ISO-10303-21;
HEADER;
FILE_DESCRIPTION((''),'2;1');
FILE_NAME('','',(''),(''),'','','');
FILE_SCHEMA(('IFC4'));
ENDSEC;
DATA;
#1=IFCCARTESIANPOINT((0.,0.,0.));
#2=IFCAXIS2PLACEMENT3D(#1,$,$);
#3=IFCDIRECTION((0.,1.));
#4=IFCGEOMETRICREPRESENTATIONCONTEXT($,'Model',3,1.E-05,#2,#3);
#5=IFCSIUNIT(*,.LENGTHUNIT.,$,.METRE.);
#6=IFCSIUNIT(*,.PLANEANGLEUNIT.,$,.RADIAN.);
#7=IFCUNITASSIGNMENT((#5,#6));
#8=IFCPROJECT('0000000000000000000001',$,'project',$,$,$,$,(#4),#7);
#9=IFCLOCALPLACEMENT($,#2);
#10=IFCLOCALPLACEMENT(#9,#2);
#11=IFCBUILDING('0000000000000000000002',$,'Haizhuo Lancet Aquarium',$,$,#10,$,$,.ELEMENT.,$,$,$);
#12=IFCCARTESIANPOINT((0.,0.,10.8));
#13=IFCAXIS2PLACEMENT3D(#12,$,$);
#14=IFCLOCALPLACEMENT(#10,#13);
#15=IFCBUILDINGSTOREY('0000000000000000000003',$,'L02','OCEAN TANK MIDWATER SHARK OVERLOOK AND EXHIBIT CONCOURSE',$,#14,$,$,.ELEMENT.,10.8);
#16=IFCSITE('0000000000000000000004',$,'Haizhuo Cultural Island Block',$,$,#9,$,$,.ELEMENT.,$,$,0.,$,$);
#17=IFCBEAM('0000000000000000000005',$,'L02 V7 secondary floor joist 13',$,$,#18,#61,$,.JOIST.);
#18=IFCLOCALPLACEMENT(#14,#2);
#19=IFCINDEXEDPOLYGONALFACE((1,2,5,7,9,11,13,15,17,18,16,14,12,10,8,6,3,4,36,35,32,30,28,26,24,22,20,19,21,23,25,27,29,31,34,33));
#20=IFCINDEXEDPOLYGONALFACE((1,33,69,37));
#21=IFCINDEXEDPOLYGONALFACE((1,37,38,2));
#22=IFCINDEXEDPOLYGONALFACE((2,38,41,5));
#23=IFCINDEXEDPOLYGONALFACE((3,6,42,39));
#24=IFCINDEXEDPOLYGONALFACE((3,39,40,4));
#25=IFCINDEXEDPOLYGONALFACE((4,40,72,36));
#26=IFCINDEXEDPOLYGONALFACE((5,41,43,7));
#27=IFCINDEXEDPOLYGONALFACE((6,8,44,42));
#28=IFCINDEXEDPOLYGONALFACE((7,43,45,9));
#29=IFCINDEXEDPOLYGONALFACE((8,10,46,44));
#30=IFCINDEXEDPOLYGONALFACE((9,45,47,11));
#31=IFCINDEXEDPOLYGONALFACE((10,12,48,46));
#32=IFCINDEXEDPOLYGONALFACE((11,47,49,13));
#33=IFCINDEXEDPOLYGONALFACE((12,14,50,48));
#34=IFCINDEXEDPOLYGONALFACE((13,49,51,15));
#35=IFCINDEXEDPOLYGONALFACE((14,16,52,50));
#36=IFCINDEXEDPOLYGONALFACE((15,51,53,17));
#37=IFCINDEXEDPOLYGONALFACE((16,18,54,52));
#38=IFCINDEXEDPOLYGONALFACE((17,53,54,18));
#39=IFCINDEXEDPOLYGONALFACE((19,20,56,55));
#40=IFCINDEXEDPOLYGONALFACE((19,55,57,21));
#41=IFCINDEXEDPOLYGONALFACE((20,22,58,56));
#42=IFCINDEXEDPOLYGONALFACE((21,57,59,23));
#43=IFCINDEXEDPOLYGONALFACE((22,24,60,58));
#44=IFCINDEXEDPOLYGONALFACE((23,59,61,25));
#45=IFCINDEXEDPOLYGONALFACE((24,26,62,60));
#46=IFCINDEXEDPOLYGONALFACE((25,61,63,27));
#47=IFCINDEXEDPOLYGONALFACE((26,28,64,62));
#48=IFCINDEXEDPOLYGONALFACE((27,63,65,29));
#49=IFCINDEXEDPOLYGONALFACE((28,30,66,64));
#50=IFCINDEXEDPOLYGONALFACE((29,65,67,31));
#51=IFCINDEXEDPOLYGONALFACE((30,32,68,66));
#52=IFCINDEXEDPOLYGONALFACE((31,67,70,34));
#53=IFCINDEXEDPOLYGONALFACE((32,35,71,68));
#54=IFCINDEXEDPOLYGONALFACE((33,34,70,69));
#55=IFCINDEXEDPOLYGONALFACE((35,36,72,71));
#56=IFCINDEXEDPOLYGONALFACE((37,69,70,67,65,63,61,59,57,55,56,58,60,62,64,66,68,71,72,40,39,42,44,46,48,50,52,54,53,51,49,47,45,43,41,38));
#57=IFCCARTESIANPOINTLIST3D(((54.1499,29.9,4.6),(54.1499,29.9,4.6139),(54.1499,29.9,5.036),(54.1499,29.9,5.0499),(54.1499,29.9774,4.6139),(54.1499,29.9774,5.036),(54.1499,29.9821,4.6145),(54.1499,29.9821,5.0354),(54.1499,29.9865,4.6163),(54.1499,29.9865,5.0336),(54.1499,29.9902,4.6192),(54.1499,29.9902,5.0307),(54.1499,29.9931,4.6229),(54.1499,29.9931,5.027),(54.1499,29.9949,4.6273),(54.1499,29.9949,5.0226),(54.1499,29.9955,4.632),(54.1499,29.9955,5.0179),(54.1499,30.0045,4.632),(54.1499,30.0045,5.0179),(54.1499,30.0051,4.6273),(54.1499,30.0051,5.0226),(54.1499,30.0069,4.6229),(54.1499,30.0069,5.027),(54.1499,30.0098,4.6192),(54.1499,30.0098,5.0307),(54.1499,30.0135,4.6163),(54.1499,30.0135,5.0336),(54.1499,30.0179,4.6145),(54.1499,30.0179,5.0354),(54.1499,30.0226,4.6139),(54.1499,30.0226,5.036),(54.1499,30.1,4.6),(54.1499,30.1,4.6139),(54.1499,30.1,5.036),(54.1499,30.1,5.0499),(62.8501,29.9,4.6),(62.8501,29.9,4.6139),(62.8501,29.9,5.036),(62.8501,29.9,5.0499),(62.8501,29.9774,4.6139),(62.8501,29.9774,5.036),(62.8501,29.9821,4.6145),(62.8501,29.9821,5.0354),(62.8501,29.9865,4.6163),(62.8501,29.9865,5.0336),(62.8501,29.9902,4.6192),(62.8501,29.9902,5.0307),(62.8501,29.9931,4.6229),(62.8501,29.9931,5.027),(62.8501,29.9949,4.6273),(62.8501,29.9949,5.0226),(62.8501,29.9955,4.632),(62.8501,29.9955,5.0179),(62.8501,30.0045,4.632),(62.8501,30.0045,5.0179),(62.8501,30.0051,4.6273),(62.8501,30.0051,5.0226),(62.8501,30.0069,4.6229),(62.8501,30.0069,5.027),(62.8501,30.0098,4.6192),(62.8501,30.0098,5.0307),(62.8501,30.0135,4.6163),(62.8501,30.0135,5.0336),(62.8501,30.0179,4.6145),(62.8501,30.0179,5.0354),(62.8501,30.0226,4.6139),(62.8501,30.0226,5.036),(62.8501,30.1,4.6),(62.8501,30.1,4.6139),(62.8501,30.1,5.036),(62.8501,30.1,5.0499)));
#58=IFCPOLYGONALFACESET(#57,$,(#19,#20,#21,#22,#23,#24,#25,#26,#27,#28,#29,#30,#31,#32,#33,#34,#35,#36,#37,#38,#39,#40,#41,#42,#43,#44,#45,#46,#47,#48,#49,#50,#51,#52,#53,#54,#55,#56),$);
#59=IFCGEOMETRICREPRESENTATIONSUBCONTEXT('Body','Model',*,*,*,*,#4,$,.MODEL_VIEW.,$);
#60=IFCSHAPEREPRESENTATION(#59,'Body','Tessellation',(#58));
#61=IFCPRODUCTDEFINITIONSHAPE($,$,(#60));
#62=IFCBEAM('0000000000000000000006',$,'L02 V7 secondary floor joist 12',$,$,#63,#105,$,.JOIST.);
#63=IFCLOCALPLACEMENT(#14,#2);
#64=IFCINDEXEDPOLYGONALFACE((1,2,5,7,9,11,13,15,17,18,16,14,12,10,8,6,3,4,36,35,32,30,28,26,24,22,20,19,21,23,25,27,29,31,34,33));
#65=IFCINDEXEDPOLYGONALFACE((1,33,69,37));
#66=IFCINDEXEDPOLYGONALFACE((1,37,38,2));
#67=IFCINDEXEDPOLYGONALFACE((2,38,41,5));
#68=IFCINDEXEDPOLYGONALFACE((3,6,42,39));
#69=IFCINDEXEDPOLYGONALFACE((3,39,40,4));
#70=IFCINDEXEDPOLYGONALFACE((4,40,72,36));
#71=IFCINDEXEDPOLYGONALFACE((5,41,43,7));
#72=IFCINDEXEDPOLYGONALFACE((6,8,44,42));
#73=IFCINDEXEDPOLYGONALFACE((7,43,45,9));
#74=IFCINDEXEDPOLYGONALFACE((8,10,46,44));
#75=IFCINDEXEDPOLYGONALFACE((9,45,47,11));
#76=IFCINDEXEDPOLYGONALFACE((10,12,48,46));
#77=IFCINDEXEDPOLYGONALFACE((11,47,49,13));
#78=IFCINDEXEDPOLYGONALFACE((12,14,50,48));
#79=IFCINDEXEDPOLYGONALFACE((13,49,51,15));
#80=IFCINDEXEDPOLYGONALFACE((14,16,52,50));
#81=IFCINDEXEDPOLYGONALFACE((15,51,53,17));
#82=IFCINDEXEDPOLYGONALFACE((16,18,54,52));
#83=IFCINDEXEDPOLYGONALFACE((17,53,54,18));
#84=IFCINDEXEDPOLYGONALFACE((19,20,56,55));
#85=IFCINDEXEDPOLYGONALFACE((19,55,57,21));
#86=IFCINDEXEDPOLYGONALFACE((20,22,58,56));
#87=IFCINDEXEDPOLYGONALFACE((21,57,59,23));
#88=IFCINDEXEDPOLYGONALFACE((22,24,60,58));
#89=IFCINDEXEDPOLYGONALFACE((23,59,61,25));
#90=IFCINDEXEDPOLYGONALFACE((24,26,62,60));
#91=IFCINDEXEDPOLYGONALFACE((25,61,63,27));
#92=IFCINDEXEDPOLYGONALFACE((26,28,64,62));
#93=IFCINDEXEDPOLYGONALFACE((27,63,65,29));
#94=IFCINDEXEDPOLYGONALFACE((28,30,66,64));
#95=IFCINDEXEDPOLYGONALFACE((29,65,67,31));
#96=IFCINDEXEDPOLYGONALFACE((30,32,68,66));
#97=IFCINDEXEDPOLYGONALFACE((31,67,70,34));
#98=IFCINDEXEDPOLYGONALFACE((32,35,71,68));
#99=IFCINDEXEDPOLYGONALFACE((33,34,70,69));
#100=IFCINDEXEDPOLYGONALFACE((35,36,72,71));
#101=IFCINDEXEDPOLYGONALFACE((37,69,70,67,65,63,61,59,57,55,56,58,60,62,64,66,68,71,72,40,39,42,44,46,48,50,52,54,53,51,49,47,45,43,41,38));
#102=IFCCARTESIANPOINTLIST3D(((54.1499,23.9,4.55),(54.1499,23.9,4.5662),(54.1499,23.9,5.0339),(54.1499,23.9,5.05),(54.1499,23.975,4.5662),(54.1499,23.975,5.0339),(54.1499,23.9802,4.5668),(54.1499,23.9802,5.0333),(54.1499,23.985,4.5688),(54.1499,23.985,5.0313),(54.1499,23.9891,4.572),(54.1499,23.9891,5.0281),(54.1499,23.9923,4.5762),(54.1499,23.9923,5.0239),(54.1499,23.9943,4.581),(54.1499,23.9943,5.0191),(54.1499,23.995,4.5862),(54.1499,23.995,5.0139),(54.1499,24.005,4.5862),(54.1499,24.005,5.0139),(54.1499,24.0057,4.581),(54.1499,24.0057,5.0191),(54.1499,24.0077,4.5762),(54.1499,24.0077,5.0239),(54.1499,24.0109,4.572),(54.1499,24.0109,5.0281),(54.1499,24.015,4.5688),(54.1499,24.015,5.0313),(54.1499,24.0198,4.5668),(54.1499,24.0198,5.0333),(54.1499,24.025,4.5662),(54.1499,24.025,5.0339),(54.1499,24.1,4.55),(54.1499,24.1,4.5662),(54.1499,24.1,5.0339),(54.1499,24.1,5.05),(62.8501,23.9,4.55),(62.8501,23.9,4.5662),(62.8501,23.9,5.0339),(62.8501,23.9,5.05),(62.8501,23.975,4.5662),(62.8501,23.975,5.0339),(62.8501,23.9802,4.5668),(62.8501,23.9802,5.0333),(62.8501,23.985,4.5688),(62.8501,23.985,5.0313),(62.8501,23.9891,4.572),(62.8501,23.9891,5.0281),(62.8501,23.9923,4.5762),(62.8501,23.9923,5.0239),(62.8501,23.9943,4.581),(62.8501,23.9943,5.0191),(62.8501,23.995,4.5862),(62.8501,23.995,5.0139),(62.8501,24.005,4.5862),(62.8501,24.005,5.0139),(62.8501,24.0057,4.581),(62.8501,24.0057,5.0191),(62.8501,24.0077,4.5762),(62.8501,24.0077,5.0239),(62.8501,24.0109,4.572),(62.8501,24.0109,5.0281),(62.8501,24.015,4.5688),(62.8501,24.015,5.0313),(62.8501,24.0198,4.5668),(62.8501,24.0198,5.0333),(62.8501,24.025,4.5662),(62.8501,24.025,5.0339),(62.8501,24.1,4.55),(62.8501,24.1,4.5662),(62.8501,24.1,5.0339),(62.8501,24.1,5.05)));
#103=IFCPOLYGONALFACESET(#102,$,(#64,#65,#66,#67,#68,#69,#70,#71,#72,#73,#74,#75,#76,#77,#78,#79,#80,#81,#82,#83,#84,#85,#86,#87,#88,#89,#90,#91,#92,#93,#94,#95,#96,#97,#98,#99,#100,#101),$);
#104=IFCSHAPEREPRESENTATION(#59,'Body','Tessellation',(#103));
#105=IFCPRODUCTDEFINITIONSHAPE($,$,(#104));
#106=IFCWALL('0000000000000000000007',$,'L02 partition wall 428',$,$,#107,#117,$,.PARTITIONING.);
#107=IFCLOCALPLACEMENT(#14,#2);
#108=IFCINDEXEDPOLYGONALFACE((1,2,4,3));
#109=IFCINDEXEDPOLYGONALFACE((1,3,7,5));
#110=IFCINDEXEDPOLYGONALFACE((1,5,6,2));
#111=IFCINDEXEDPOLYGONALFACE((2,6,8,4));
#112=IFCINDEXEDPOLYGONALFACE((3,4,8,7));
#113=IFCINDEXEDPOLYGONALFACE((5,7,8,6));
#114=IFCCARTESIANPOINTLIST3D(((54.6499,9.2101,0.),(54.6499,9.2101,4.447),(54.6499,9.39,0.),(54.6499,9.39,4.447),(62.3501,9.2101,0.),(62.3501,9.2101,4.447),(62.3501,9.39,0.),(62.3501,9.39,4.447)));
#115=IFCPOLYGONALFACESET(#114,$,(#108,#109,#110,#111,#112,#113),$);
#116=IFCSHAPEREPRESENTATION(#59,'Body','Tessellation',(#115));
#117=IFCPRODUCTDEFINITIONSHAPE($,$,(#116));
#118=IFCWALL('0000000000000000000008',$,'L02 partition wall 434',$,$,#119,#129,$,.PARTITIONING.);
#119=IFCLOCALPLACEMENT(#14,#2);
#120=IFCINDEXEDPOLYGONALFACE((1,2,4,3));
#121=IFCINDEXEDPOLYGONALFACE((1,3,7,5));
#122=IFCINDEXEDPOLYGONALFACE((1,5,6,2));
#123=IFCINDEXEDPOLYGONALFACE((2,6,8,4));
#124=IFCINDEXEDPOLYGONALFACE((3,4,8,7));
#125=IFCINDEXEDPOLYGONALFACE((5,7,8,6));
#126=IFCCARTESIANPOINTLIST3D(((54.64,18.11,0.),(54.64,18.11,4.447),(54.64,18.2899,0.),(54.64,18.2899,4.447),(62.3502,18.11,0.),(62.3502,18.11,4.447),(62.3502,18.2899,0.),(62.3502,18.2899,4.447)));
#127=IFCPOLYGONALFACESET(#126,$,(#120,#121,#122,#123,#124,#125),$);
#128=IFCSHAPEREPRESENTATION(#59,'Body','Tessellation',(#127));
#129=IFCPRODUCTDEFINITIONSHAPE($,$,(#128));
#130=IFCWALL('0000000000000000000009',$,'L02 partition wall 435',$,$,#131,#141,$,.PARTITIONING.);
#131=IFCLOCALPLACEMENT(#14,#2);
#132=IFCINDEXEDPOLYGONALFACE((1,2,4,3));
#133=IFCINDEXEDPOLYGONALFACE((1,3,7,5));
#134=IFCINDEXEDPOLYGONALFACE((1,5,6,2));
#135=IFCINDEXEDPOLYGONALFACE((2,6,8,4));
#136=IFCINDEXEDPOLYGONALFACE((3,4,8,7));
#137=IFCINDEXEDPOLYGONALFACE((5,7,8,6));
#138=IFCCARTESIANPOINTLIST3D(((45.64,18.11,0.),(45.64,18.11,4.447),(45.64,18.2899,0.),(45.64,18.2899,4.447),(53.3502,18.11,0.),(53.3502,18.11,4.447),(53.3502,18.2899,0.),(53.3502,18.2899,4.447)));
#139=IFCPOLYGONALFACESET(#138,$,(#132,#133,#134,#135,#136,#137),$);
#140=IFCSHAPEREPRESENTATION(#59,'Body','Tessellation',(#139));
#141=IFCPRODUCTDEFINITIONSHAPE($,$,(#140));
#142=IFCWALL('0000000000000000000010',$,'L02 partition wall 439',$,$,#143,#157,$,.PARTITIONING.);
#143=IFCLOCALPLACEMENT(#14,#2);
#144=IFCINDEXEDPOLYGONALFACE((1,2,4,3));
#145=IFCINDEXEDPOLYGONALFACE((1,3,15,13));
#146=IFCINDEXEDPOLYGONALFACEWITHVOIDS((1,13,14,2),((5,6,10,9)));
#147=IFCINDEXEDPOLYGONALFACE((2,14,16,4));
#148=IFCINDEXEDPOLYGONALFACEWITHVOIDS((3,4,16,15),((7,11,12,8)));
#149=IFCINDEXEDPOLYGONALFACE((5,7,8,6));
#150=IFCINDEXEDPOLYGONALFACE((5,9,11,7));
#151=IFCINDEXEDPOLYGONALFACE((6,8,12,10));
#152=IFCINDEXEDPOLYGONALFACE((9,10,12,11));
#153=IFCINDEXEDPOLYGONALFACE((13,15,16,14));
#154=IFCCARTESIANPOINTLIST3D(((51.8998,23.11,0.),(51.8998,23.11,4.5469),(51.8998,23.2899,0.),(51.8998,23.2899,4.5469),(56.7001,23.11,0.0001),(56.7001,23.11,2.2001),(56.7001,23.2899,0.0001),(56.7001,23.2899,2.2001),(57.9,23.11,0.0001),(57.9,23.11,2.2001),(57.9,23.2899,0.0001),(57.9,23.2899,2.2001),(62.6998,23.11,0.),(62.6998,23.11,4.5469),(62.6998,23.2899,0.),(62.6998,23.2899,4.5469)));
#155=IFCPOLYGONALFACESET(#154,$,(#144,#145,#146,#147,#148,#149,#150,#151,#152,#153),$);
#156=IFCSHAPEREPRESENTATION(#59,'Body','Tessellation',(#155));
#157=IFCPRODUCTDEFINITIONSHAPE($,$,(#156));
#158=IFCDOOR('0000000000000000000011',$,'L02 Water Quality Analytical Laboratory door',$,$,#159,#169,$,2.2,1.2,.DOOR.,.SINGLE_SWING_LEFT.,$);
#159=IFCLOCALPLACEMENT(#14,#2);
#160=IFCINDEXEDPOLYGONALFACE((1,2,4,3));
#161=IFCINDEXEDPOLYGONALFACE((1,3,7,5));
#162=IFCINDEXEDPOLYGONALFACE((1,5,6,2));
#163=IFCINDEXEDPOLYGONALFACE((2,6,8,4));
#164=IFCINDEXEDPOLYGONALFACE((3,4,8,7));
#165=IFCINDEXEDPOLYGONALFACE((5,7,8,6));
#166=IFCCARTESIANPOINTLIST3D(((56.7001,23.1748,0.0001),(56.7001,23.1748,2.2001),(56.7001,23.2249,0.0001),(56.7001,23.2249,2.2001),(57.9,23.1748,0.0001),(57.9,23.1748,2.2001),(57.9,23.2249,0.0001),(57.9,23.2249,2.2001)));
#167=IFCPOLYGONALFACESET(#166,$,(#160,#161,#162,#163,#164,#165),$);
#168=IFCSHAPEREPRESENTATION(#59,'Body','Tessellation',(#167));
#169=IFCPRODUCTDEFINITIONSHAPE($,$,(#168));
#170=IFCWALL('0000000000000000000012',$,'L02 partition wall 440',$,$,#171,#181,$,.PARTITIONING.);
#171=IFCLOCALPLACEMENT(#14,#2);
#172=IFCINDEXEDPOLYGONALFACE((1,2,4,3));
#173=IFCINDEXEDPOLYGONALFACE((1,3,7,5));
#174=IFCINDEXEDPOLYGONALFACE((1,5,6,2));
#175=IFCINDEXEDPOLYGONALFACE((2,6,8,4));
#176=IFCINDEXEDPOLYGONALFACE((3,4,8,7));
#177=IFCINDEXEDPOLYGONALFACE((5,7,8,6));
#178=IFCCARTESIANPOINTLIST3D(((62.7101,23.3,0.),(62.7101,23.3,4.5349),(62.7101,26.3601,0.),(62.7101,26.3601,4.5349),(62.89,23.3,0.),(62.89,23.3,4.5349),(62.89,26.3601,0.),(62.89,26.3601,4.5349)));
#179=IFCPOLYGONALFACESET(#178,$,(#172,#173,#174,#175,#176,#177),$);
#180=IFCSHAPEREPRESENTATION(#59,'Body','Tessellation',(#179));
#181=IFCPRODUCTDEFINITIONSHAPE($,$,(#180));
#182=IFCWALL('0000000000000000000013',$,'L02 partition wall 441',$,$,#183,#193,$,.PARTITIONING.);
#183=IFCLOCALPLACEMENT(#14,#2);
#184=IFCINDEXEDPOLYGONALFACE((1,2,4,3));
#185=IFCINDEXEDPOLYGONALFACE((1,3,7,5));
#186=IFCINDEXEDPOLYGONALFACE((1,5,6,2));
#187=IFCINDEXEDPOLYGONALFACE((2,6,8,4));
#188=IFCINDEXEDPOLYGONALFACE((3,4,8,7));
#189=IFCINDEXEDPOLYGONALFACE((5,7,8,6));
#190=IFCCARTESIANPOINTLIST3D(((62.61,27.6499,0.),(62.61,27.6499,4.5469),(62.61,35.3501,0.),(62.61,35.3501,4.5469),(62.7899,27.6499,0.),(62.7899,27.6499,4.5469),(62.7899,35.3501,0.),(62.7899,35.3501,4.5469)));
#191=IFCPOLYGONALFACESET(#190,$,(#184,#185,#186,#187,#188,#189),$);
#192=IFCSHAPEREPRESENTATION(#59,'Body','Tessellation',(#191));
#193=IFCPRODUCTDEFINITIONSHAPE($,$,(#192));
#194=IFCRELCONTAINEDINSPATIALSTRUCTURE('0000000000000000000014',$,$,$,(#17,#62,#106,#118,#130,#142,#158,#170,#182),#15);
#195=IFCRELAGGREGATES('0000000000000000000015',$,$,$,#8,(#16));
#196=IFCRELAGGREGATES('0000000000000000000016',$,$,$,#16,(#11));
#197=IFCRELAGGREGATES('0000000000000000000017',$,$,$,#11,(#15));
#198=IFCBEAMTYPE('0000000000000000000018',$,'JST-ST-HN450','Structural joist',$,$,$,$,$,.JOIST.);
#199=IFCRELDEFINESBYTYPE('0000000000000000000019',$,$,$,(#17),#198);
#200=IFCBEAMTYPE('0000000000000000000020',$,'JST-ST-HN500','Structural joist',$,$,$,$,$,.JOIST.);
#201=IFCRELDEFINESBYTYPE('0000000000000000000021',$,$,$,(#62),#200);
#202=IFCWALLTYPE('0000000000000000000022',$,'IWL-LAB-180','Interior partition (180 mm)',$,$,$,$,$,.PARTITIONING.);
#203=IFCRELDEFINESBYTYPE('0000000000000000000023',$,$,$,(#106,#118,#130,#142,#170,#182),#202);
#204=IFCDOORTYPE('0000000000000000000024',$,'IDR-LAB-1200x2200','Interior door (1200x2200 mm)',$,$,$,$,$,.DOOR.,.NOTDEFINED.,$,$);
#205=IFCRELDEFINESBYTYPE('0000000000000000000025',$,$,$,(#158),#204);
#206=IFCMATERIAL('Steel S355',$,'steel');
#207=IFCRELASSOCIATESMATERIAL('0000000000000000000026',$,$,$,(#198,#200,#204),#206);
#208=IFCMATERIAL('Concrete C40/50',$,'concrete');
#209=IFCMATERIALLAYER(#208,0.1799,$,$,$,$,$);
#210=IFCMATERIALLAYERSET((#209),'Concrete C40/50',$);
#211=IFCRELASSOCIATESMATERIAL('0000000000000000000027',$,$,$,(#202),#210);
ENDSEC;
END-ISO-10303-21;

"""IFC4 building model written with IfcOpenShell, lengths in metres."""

from ifc_helpers import new_model, si_unit, direction, frame, frame_2d, origin, origin_2d, place, context, subcontext, project, spatial, rectangle, i_section, extrude, material, layer, layer_set, material_profile, profile_set, type_object, element, fill, save


model = new_model("IFC4")

# Units and contexts
model_context = context("Model", 3, precision=1e-05, world=origin(), true_north=direction((0.0, 1.0)))
body_context = subcontext(model_context, "Body", "Model", "MODEL_VIEW")
ifc_project = project(units=[si_unit("LENGTHUNIT", "METRE"), si_unit("PLANEANGLEUNIT", "RADIAN")], contexts=[model_context])

# Site, building, storey
site_placement = place(None, origin())
site = spatial("IfcSite", under=ifc_project, at=site_placement, Name="Haizhuo Cultural Island Block", CompositionType="ELEMENT", RefElevation=0.0)
building_placement = place(site_placement, origin())
building = spatial("IfcBuilding", under=site, at=building_placement, Name="Haizhuo Lancet Aquarium", CompositionType="ELEMENT")
storey_placement = place(building_placement, frame((0.0, 0.0, 10.8)))
storey = spatial("IfcBuildingStorey", under=building, at=storey_placement, Name="L02", Description="OCEAN TANK MIDWATER SHARK OVERLOOK AND EXHIBIT CONCOURSE", CompositionType="ELEMENT", Elevation=10.8)

# Shared definitions
ifc_material_1 = material(Name="Steel S355", Category="steel")

# Beams
ifc_material_profile_1 = material_profile(ifc_material_1, i_section(OverallWidth=0.2, OverallDepth=0.45, WebThickness=0.009, FlangeThickness=0.0139, FilletRadius=0.0181, at=origin_2d()), Name="HN 450x200x9x14")
ifc_profile_set_1 = profile_set([ifc_material_profile_1], Name="Steel S355")
beam_type_1 = type_object("IfcBeamType", Name="JST-ST-HN450", Description="Structural joist", PredefinedType="JOIST", material=ifc_profile_set_1)
beam_1_placement = place(storey_placement, frame((54.1499, 30.0, 4.825), z_axis=(1.0, 0.0, 0.0), x_axis=(0.0, 1.0, 0.0)))
element("IfcBeam", 1, at=beam_1_placement, inside=storey, type_object=beam_type_1, Name="L02 V7 secondary floor joist 13", PredefinedType="JOIST", context=body_context, shape_type="SweptSolid", body=[
    extrude(i_section(OverallWidth=0.2, OverallDepth=0.45, WebThickness=0.009, FlangeThickness=0.0139, FilletRadius=0.0181, at=origin_2d()), origin(), (0.0, 0.0, 1.0), 8.7002),
])
ifc_material_profile_2 = material_profile(ifc_material_1, i_section(OverallWidth=0.2, OverallDepth=0.5, WebThickness=0.01, FlangeThickness=0.0161, FilletRadius=0.02, at=origin_2d()), Name="HN 500x200x10x16")
ifc_profile_set_2 = profile_set([ifc_material_profile_2], Name="Steel S355")
beam_type_2 = type_object("IfcBeamType", Name="JST-ST-HN500", Description="Structural joist", PredefinedType="JOIST", material=ifc_profile_set_2)
beam_2_placement = place(storey_placement, frame((54.1499, 24.0, 4.8), z_axis=(1.0, 0.0, 0.0), x_axis=(0.0, 1.0, 0.0)))
element("IfcBeam", 2, at=beam_2_placement, inside=storey, type_object=beam_type_2, Name="L02 V7 secondary floor joist 12", PredefinedType="JOIST", context=body_context, shape_type="SweptSolid", body=[
    extrude(i_section(OverallWidth=0.2, OverallDepth=0.5, WebThickness=0.01, FlangeThickness=0.0161, FilletRadius=0.02, at=origin_2d()), origin(), (0.0, 0.0, 1.0), 8.7002),
])

# Walls
ifc_material_2 = material(Name="Concrete C40/50", Category="concrete")
ifc_layer_1 = layer(ifc_material_2, 0.1799)
ifc_layer_set_1 = layer_set([ifc_layer_1], Name="Concrete C40/50")
wall_type_1 = type_object("IfcWallType", Name="IWL-LAB-180", Description="Interior partition (180 mm)", PredefinedType="PARTITIONING", material=ifc_layer_set_1)
wall_1_placement = place(storey_placement, frame((54.6499, 9.3, 0.0), z_axis=(0.0, 0.0, 1.0), x_axis=(1.0, 0.0, 0.0)))
element("IfcWall", 3, at=wall_1_placement, inside=storey, type_object=wall_type_1, Name="L02 partition wall 428", PredefinedType="PARTITIONING", context=body_context, shape_type="SweptSolid", body=[
    extrude(rectangle(XDim=7.7002, YDim=0.1799, at=frame_2d((3.8501, 0.0))), origin(), (0.0, 0.0, 1.0), 4.447),
])
for number, where, z_axis, x_axis, name in (
    (4, (62.3501, 18.2, 0.0), (0.0, 0.0, 1.0), (-1.0, 0.0, 0.0), "L02 partition wall 434"),
    (5, (53.3501, 18.2, 0.0), (0.0, 0.0, 1.0), (-1.0, 0.0, 0.0), "L02 partition wall 435"),
):
    element("IfcWall", number, at=place(storey_placement, frame(where, z_axis=z_axis, x_axis=x_axis)), inside=storey, type_object=wall_type_1, Name=name, PredefinedType="PARTITIONING", context=body_context, shape_type="SweptSolid", body=[
        extrude(rectangle(XDim=7.7102, YDim=0.1799, at=frame_2d((3.855, 0.0))), origin(), (0.0, 0.0, 1.0), 4.447),
    ])

# Wall, opening, door
wall_2_placement = place(storey_placement, frame((51.8999, 23.2, 0.0), z_axis=(0.0, 0.0, 1.0), x_axis=(1.0, 0.0, 0.0)))
wall_2 = element("IfcWall", 6, at=wall_2_placement, inside=storey, type_object=wall_type_1, Name="L02 partition wall 439", PredefinedType="PARTITIONING", context=body_context, shape_type="SweptSolid", body=[
    extrude(rectangle(XDim=10.8, YDim=0.1799, at=frame_2d((5.3999, 0.0))), origin(), (0.0, 0.0, 1.0), 4.5469),
])
opening_placement = place(wall_2_placement, frame((4.8, 0.0, 0.0)))
opening = element("IfcOpeningElement", 7, at=opening_placement, cuts=wall_2, PredefinedType="OPENING", context=body_context, shape_type="SweptSolid", body=[
    extrude(rectangle(XDim=1.2, YDim=2.2, at=frame_2d((0.6001, 1.1001))), frame((0.0, 0.0999, 0.0), z_axis=(0.0, -1.0, 0.0), x_axis=(1.0, 0.0, 0.0)), (0.0, 0.0, 1.0), 0.1999),
])
door_type = type_object("IfcDoorType", Name="IDR-LAB-1200x2200", Description="Interior door (1200x2200 mm)", OperationType="NOTDEFINED", PredefinedType="DOOR", material=ifc_material_1)
door_placement = place(opening_placement, origin())
door = element("IfcDoor", 8, at=door_placement, inside=storey, type_object=door_type, Name="L02 Water Quality Analytical Laboratory door", OperationType="SINGLE_SWING_LEFT", OverallHeight=2.2, OverallWidth=1.2, PredefinedType="DOOR", context=body_context, shape_type="SweptSolid", body=[
    extrude(rectangle(XDim=1.2, YDim=2.2, at=frame_2d((0.6001, 1.1001))), frame((0.0, 0.0249, 0.0), z_axis=(0.0, -1.0, 0.0), x_axis=(1.0, 0.0, 0.0)), (0.0, 0.0, 1.0), 0.05),
])
fill(opening, door)

# Walls
wall_3_placement = place(storey_placement, frame((62.8, 23.3, 0.0), z_axis=(0.0, 0.0, 1.0), x_axis=(0.0, 1.0, 0.0)))
element("IfcWall", 9, at=wall_3_placement, inside=storey, type_object=wall_type_1, Name="L02 partition wall 440", PredefinedType="PARTITIONING", context=body_context, shape_type="SweptSolid", body=[
    extrude(rectangle(XDim=3.0601, YDim=0.1799, at=frame_2d((1.53, 0.0))), origin(), (0.0, 0.0, 1.0), 4.5349),
])
wall_4_placement = place(storey_placement, frame((62.7, 27.6499, 0.0), z_axis=(0.0, 0.0, 1.0), x_axis=(0.0, 1.0, 0.0)))
element("IfcWall", 10, at=wall_4_placement, inside=storey, type_object=wall_type_1, Name="L02 partition wall 441", PredefinedType="PARTITIONING", context=body_context, shape_type="SweptSolid", body=[
    extrude(rectangle(XDim=7.7002, YDim=0.1799, at=frame_2d((3.8501, 0.0))), origin(), (0.0, 0.0, 1.0), 4.5469),
])

save(model, "model.ifc")
